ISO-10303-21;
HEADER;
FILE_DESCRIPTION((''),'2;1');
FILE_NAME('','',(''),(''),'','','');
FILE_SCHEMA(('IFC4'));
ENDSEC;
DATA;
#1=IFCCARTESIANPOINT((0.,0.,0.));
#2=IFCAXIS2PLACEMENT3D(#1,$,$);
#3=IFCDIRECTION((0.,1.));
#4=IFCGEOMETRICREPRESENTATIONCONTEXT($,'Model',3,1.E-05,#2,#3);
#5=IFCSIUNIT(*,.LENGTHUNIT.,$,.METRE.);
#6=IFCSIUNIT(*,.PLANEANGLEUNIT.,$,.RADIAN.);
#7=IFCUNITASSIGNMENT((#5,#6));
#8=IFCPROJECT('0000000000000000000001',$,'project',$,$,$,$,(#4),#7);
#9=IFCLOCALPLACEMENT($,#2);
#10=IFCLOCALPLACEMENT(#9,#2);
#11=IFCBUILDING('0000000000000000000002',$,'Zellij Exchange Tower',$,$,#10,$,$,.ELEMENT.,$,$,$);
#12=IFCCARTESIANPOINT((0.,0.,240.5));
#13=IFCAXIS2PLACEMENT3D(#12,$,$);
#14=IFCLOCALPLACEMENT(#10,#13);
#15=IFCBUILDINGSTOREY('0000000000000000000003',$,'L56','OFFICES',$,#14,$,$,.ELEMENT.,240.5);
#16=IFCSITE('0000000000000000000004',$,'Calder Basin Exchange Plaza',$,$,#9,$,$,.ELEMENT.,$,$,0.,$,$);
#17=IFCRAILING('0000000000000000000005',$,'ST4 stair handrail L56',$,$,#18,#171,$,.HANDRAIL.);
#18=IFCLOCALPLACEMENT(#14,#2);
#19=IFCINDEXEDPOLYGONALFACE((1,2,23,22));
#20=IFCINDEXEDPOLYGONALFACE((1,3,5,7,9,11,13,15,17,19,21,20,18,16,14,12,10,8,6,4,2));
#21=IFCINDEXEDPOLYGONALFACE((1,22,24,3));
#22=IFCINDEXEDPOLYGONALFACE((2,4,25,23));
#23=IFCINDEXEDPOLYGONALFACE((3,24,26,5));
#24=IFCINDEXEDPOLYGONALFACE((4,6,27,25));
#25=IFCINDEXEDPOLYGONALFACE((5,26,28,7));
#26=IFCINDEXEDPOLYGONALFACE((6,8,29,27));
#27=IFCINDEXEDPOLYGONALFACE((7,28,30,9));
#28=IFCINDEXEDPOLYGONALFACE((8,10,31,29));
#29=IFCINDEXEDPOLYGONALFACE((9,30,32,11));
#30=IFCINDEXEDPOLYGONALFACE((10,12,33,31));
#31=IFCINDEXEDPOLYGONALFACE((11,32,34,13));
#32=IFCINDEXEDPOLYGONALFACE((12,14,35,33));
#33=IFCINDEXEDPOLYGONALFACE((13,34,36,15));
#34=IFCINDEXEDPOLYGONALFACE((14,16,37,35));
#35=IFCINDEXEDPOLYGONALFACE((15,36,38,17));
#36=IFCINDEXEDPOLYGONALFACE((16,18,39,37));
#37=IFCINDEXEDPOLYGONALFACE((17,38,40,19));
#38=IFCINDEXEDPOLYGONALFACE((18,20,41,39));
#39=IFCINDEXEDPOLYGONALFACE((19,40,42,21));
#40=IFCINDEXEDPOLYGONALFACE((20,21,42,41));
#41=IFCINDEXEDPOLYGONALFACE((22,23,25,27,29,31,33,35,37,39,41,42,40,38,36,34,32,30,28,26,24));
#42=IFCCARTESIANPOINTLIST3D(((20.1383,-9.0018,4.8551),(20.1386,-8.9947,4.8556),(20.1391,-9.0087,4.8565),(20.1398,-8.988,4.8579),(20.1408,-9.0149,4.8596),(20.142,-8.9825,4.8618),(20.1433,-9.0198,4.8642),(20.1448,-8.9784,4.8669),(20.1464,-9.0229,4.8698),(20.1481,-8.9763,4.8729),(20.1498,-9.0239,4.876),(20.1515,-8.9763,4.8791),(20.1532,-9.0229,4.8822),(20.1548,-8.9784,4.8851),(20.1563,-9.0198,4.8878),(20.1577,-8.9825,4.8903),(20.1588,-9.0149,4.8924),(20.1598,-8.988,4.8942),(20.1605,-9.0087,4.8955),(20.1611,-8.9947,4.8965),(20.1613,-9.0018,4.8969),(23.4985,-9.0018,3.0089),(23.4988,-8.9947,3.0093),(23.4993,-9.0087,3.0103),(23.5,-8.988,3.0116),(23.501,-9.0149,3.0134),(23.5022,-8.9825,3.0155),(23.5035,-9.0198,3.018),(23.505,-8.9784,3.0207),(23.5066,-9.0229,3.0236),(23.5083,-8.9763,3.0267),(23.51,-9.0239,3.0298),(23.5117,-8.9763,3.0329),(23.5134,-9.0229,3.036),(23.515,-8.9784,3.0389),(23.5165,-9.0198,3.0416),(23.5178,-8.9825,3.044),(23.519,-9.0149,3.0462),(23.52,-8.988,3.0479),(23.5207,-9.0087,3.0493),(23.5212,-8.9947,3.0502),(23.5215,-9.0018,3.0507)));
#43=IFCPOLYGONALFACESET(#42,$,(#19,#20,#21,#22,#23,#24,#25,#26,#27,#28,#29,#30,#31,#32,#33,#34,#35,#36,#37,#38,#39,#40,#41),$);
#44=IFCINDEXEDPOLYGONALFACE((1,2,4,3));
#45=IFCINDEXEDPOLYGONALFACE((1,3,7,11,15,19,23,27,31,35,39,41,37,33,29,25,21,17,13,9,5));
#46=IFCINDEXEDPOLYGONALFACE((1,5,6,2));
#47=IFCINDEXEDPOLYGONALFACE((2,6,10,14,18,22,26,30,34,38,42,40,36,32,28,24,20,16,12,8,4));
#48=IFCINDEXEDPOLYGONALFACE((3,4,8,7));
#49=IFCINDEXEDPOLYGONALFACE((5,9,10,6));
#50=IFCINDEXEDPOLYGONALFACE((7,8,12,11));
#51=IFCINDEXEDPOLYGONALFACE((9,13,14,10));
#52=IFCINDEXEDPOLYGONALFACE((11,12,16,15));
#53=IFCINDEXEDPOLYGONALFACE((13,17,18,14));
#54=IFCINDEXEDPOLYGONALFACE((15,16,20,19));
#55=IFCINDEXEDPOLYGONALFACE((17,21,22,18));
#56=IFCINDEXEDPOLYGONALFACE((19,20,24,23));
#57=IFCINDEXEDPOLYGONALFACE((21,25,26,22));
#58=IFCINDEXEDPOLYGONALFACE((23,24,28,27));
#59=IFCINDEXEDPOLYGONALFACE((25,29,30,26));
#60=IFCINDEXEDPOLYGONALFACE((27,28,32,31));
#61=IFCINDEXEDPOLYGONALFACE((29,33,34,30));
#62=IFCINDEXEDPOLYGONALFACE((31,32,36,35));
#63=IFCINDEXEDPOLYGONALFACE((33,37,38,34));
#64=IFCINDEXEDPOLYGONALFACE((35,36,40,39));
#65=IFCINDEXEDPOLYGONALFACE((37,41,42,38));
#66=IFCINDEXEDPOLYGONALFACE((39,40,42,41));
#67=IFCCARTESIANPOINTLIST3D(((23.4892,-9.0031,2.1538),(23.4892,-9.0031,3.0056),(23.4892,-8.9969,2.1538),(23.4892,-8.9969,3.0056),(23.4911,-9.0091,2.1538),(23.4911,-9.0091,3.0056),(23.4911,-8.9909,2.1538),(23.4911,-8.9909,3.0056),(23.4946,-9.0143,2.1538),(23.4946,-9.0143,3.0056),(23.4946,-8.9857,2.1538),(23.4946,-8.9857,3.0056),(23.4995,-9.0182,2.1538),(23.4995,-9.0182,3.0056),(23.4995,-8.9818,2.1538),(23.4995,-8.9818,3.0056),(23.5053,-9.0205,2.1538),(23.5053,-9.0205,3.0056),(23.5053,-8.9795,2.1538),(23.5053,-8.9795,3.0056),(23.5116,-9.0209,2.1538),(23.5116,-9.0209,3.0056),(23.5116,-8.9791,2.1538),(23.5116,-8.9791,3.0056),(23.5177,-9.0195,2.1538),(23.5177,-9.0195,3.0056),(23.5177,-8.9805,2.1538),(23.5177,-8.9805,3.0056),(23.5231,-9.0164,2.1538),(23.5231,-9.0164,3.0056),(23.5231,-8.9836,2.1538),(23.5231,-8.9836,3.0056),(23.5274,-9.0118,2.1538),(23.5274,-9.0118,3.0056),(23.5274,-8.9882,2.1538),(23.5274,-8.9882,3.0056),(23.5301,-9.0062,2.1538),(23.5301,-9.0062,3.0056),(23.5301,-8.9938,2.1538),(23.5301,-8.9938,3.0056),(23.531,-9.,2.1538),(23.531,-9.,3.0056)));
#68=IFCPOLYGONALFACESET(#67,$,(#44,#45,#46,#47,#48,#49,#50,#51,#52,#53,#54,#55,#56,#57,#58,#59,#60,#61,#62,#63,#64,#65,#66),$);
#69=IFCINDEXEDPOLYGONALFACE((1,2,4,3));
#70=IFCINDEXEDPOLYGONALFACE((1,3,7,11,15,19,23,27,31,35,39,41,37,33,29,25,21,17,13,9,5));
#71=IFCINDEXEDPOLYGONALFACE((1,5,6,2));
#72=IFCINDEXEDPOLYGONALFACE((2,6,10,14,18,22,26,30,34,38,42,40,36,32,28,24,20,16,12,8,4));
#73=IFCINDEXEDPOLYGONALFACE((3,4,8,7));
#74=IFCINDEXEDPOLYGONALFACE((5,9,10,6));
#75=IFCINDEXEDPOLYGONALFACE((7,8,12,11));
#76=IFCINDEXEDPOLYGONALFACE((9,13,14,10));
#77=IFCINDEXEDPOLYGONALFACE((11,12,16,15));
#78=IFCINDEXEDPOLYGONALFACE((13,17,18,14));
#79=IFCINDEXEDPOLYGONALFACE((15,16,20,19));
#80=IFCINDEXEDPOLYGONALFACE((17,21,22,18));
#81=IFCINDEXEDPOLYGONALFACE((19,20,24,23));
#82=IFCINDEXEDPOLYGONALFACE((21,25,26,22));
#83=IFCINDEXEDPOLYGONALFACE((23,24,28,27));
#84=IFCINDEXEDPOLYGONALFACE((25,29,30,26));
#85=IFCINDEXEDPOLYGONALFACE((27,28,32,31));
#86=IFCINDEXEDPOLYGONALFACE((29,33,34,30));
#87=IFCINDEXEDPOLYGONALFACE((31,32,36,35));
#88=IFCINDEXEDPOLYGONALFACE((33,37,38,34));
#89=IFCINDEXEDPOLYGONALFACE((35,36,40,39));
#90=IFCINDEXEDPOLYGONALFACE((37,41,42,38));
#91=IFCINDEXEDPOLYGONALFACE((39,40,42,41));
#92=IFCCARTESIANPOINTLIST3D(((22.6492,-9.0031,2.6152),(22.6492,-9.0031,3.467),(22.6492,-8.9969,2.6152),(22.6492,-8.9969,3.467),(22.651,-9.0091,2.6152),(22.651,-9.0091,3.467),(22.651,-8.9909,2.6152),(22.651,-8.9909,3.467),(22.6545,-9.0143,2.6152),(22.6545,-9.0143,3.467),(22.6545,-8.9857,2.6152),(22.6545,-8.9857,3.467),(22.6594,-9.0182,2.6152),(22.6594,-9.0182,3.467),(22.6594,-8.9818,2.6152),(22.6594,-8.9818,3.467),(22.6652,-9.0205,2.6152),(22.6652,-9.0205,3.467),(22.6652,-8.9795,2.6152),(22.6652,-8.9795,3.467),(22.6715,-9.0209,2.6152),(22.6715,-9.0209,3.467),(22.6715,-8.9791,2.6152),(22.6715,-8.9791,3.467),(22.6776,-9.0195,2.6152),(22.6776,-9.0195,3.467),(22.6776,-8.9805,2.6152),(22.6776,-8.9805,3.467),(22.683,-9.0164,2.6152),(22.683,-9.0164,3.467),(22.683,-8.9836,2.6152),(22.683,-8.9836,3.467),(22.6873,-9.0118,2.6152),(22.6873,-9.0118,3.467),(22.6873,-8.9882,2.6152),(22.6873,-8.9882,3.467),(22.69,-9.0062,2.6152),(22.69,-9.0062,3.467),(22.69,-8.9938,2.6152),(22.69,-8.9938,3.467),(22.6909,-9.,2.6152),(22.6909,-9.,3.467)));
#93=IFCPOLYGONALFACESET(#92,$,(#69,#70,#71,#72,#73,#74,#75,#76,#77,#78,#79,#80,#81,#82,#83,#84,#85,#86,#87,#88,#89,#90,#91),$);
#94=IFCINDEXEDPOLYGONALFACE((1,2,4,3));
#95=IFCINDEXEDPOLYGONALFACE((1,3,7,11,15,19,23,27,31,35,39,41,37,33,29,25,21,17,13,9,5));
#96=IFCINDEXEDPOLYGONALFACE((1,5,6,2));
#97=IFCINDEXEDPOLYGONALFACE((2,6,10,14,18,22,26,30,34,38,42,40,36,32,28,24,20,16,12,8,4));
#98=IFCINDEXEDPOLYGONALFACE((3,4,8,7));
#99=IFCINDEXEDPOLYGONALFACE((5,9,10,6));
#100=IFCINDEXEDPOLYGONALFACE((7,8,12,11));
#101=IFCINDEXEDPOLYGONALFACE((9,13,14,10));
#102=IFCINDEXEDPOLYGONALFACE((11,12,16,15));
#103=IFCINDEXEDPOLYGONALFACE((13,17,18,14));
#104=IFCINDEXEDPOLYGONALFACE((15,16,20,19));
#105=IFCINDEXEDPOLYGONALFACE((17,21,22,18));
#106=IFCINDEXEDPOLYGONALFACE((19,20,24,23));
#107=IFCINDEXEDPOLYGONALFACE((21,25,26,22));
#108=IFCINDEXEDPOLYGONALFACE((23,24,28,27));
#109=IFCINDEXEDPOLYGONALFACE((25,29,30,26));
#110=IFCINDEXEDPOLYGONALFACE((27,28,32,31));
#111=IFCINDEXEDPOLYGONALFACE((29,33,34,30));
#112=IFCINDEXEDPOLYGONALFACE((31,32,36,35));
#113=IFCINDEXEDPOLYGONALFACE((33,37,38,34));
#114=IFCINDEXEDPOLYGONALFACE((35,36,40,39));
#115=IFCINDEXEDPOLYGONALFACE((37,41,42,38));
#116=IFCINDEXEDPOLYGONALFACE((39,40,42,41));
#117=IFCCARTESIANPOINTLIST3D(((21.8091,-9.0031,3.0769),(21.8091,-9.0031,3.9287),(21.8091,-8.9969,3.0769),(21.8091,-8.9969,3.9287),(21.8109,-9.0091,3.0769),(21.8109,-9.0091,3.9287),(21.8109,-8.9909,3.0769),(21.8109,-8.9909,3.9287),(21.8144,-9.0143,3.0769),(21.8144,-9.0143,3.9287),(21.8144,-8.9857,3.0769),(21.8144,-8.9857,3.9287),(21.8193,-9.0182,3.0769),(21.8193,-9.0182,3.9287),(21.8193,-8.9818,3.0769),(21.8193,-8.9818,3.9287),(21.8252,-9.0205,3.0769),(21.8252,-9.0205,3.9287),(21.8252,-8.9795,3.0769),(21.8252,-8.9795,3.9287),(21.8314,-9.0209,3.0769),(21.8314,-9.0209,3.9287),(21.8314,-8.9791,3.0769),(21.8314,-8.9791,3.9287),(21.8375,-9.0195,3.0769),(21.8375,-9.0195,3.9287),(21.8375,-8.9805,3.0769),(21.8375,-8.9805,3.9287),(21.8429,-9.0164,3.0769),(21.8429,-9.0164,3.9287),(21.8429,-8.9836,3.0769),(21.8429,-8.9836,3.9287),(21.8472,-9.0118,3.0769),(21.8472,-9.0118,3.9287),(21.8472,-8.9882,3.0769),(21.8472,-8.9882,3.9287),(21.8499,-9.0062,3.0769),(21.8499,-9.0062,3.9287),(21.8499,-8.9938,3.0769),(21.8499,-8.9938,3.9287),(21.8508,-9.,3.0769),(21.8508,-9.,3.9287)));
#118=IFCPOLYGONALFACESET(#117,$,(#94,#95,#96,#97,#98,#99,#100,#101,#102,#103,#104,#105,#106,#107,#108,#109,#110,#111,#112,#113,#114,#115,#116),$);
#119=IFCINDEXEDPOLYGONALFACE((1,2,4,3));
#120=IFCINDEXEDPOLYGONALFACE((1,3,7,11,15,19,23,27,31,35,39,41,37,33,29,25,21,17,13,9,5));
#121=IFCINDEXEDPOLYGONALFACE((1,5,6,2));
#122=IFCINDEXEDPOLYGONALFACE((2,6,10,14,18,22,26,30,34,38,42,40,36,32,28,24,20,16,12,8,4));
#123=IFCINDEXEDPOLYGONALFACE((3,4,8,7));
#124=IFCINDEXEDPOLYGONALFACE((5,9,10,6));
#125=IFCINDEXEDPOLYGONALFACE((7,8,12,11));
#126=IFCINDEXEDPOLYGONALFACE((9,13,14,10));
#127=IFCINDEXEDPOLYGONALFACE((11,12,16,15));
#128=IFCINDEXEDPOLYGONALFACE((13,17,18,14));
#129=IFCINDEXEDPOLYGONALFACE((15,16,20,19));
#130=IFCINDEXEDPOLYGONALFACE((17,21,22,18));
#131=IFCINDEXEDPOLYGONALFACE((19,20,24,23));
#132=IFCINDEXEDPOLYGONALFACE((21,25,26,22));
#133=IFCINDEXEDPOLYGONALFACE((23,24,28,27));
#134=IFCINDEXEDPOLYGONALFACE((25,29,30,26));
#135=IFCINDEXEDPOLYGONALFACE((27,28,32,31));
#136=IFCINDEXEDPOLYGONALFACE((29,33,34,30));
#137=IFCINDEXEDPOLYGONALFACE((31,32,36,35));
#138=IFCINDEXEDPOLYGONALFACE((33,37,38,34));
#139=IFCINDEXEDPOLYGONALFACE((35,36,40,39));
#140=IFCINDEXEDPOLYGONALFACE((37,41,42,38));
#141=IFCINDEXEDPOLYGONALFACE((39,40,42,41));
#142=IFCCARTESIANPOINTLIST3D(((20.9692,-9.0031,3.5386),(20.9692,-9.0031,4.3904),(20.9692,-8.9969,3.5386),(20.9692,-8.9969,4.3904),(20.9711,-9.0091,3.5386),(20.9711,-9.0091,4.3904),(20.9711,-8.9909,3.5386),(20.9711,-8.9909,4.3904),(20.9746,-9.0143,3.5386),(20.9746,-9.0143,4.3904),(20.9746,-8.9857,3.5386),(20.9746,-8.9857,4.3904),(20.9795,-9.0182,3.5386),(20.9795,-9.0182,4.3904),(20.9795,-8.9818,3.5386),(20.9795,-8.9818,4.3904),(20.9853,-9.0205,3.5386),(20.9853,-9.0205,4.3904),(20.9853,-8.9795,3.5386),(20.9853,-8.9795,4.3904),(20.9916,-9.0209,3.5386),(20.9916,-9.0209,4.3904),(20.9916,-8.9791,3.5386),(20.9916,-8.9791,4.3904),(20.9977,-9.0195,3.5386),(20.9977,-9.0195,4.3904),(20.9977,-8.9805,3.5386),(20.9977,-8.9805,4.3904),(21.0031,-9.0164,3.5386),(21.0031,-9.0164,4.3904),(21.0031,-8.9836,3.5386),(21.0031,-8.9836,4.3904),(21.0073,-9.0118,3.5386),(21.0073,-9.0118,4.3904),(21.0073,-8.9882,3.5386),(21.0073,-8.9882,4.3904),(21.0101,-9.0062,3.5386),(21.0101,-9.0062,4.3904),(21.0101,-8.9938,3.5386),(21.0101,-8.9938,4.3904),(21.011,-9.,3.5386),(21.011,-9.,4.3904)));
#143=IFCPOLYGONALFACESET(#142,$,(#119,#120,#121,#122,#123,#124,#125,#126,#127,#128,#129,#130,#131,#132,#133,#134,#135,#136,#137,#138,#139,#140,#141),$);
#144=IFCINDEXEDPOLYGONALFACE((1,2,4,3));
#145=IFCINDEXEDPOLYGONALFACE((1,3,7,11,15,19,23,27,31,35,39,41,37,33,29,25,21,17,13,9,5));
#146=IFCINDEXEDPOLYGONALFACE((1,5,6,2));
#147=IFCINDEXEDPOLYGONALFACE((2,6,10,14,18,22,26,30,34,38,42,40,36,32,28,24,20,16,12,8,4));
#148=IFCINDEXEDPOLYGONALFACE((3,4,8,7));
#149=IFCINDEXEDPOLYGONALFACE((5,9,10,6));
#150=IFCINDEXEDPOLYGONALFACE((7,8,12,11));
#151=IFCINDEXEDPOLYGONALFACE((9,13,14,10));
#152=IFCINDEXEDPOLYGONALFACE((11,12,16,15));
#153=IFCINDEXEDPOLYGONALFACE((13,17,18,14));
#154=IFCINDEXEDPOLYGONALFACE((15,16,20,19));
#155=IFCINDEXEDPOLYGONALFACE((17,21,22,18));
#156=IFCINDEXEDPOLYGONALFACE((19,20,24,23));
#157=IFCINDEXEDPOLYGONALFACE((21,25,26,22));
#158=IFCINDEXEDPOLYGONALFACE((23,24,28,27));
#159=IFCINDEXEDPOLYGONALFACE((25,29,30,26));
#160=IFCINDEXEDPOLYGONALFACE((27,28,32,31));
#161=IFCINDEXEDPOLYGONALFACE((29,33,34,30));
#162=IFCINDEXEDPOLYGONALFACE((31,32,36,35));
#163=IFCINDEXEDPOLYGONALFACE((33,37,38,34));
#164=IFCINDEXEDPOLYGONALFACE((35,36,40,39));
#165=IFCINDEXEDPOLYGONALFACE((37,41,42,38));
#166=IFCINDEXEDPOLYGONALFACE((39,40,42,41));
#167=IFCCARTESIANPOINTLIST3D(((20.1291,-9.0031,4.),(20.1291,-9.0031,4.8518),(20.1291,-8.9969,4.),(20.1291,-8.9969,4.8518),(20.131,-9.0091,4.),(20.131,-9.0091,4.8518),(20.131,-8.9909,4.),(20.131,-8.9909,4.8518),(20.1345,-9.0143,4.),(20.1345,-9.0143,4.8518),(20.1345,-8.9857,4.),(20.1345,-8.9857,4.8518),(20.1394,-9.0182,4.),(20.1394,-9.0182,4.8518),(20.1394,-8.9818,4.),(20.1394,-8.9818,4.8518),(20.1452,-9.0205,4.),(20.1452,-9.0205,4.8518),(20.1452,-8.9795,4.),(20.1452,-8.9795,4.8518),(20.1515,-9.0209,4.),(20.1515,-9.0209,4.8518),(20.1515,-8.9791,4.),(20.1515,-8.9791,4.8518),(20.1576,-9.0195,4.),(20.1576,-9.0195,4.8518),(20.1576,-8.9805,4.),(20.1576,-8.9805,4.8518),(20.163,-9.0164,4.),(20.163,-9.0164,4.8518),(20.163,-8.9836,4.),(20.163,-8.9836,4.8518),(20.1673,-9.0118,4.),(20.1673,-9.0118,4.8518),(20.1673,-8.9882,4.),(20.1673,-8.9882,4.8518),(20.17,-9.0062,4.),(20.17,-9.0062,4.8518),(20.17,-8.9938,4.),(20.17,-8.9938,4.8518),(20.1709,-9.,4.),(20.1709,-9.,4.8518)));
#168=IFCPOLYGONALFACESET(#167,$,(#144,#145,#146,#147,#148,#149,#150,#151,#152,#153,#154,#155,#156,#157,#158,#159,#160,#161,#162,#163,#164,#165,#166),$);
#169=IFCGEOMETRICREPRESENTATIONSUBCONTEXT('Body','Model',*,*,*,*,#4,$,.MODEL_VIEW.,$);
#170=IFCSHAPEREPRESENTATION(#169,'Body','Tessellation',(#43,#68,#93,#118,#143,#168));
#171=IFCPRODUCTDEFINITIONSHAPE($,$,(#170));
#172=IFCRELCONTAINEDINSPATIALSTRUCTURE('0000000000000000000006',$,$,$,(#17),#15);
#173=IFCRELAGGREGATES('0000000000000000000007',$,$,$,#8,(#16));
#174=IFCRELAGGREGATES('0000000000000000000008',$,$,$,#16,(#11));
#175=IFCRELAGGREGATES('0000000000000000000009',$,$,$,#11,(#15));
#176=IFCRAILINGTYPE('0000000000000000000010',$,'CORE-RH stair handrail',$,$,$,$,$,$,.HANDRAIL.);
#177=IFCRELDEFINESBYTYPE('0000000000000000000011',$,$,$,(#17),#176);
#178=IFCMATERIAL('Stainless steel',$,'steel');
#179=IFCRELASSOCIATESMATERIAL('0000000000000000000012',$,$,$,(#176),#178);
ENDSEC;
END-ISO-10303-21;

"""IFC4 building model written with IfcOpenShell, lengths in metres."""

from ifc_helpers import new_model, si_unit, direction, frame, origin, origin_2d, place, context, subcontext, project, spatial, circle, extrude, material, type_object, element, save


model = new_model("IFC4")

# Units and contexts
model_context = context("Model", 3, precision=1e-05, world=origin(), true_north=direction((0.0, 1.0)))
body_context = subcontext(model_context, "Body", "Model", "MODEL_VIEW")
ifc_project = project(units=[si_unit("LENGTHUNIT", "METRE"), si_unit("PLANEANGLEUNIT", "RADIAN")], contexts=[model_context])

# Site, building, storey
site_placement = place(None, origin())
site = spatial("IfcSite", under=ifc_project, at=site_placement, Name="Calder Basin Exchange Plaza", CompositionType="ELEMENT", RefElevation=0.0)
building_placement = place(site_placement, origin())
building = spatial("IfcBuilding", under=site, at=building_placement, Name="Zellij Exchange Tower", CompositionType="ELEMENT")
storey_placement = place(building_placement, frame((0.0, 0.0, 240.5)))
storey = spatial("IfcBuildingStorey", under=building, at=storey_placement, Name="L56", Description="OFFICES", CompositionType="ELEMENT", Elevation=240.5)

# Railing
ifc_material_1 = material(Name="Stainless steel", Category="steel")
railing_type_1 = type_object("IfcRailingType", Name="CORE-RH stair handrail", PredefinedType="HANDRAIL", material=ifc_material_1)
railing_1_placement = place(storey_placement, frame((23.51, -9.0, 2.1538)))
element("IfcRailing", 1, at=railing_1_placement, inside=storey, type_object=railing_type_1, Name="ST4 stair handrail L56", PredefinedType="HANDRAIL", context=body_context, shape_type="SweptSolid", body=[
    extrude(circle(Radius=0.0239, at=origin_2d()), frame((0.0, 0.0, 0.876), z_axis=(-0.876422, 0.0, 0.481545), x_axis=(0.0, -1.0, 0.0)), (0.0, 0.0, 1.0), 3.834),
    extrude(circle(Radius=0.021, at=origin_2d()), origin(), (0.0, 0.0, 1.0), 0.8518),
    extrude(circle(Radius=0.021, at=origin_2d()), frame((-0.8401, 0.0, 0.4614)), (0.0, 0.0, 1.0), 0.8518),
    extrude(circle(Radius=0.021, at=origin_2d()), frame((-1.6802, 0.0, 0.9231)), (0.0, 0.0, 1.0), 0.8518),
    extrude(circle(Radius=0.021, at=origin_2d()), frame((-2.52, 0.0, 1.3848)), (0.0, 0.0, 1.0), 0.8518),
    extrude(circle(Radius=0.021, at=origin_2d()), frame((-3.3601, 0.0, 1.8462)), (0.0, 0.0, 1.0), 0.8518),
])

save(model, "model.ifc")
